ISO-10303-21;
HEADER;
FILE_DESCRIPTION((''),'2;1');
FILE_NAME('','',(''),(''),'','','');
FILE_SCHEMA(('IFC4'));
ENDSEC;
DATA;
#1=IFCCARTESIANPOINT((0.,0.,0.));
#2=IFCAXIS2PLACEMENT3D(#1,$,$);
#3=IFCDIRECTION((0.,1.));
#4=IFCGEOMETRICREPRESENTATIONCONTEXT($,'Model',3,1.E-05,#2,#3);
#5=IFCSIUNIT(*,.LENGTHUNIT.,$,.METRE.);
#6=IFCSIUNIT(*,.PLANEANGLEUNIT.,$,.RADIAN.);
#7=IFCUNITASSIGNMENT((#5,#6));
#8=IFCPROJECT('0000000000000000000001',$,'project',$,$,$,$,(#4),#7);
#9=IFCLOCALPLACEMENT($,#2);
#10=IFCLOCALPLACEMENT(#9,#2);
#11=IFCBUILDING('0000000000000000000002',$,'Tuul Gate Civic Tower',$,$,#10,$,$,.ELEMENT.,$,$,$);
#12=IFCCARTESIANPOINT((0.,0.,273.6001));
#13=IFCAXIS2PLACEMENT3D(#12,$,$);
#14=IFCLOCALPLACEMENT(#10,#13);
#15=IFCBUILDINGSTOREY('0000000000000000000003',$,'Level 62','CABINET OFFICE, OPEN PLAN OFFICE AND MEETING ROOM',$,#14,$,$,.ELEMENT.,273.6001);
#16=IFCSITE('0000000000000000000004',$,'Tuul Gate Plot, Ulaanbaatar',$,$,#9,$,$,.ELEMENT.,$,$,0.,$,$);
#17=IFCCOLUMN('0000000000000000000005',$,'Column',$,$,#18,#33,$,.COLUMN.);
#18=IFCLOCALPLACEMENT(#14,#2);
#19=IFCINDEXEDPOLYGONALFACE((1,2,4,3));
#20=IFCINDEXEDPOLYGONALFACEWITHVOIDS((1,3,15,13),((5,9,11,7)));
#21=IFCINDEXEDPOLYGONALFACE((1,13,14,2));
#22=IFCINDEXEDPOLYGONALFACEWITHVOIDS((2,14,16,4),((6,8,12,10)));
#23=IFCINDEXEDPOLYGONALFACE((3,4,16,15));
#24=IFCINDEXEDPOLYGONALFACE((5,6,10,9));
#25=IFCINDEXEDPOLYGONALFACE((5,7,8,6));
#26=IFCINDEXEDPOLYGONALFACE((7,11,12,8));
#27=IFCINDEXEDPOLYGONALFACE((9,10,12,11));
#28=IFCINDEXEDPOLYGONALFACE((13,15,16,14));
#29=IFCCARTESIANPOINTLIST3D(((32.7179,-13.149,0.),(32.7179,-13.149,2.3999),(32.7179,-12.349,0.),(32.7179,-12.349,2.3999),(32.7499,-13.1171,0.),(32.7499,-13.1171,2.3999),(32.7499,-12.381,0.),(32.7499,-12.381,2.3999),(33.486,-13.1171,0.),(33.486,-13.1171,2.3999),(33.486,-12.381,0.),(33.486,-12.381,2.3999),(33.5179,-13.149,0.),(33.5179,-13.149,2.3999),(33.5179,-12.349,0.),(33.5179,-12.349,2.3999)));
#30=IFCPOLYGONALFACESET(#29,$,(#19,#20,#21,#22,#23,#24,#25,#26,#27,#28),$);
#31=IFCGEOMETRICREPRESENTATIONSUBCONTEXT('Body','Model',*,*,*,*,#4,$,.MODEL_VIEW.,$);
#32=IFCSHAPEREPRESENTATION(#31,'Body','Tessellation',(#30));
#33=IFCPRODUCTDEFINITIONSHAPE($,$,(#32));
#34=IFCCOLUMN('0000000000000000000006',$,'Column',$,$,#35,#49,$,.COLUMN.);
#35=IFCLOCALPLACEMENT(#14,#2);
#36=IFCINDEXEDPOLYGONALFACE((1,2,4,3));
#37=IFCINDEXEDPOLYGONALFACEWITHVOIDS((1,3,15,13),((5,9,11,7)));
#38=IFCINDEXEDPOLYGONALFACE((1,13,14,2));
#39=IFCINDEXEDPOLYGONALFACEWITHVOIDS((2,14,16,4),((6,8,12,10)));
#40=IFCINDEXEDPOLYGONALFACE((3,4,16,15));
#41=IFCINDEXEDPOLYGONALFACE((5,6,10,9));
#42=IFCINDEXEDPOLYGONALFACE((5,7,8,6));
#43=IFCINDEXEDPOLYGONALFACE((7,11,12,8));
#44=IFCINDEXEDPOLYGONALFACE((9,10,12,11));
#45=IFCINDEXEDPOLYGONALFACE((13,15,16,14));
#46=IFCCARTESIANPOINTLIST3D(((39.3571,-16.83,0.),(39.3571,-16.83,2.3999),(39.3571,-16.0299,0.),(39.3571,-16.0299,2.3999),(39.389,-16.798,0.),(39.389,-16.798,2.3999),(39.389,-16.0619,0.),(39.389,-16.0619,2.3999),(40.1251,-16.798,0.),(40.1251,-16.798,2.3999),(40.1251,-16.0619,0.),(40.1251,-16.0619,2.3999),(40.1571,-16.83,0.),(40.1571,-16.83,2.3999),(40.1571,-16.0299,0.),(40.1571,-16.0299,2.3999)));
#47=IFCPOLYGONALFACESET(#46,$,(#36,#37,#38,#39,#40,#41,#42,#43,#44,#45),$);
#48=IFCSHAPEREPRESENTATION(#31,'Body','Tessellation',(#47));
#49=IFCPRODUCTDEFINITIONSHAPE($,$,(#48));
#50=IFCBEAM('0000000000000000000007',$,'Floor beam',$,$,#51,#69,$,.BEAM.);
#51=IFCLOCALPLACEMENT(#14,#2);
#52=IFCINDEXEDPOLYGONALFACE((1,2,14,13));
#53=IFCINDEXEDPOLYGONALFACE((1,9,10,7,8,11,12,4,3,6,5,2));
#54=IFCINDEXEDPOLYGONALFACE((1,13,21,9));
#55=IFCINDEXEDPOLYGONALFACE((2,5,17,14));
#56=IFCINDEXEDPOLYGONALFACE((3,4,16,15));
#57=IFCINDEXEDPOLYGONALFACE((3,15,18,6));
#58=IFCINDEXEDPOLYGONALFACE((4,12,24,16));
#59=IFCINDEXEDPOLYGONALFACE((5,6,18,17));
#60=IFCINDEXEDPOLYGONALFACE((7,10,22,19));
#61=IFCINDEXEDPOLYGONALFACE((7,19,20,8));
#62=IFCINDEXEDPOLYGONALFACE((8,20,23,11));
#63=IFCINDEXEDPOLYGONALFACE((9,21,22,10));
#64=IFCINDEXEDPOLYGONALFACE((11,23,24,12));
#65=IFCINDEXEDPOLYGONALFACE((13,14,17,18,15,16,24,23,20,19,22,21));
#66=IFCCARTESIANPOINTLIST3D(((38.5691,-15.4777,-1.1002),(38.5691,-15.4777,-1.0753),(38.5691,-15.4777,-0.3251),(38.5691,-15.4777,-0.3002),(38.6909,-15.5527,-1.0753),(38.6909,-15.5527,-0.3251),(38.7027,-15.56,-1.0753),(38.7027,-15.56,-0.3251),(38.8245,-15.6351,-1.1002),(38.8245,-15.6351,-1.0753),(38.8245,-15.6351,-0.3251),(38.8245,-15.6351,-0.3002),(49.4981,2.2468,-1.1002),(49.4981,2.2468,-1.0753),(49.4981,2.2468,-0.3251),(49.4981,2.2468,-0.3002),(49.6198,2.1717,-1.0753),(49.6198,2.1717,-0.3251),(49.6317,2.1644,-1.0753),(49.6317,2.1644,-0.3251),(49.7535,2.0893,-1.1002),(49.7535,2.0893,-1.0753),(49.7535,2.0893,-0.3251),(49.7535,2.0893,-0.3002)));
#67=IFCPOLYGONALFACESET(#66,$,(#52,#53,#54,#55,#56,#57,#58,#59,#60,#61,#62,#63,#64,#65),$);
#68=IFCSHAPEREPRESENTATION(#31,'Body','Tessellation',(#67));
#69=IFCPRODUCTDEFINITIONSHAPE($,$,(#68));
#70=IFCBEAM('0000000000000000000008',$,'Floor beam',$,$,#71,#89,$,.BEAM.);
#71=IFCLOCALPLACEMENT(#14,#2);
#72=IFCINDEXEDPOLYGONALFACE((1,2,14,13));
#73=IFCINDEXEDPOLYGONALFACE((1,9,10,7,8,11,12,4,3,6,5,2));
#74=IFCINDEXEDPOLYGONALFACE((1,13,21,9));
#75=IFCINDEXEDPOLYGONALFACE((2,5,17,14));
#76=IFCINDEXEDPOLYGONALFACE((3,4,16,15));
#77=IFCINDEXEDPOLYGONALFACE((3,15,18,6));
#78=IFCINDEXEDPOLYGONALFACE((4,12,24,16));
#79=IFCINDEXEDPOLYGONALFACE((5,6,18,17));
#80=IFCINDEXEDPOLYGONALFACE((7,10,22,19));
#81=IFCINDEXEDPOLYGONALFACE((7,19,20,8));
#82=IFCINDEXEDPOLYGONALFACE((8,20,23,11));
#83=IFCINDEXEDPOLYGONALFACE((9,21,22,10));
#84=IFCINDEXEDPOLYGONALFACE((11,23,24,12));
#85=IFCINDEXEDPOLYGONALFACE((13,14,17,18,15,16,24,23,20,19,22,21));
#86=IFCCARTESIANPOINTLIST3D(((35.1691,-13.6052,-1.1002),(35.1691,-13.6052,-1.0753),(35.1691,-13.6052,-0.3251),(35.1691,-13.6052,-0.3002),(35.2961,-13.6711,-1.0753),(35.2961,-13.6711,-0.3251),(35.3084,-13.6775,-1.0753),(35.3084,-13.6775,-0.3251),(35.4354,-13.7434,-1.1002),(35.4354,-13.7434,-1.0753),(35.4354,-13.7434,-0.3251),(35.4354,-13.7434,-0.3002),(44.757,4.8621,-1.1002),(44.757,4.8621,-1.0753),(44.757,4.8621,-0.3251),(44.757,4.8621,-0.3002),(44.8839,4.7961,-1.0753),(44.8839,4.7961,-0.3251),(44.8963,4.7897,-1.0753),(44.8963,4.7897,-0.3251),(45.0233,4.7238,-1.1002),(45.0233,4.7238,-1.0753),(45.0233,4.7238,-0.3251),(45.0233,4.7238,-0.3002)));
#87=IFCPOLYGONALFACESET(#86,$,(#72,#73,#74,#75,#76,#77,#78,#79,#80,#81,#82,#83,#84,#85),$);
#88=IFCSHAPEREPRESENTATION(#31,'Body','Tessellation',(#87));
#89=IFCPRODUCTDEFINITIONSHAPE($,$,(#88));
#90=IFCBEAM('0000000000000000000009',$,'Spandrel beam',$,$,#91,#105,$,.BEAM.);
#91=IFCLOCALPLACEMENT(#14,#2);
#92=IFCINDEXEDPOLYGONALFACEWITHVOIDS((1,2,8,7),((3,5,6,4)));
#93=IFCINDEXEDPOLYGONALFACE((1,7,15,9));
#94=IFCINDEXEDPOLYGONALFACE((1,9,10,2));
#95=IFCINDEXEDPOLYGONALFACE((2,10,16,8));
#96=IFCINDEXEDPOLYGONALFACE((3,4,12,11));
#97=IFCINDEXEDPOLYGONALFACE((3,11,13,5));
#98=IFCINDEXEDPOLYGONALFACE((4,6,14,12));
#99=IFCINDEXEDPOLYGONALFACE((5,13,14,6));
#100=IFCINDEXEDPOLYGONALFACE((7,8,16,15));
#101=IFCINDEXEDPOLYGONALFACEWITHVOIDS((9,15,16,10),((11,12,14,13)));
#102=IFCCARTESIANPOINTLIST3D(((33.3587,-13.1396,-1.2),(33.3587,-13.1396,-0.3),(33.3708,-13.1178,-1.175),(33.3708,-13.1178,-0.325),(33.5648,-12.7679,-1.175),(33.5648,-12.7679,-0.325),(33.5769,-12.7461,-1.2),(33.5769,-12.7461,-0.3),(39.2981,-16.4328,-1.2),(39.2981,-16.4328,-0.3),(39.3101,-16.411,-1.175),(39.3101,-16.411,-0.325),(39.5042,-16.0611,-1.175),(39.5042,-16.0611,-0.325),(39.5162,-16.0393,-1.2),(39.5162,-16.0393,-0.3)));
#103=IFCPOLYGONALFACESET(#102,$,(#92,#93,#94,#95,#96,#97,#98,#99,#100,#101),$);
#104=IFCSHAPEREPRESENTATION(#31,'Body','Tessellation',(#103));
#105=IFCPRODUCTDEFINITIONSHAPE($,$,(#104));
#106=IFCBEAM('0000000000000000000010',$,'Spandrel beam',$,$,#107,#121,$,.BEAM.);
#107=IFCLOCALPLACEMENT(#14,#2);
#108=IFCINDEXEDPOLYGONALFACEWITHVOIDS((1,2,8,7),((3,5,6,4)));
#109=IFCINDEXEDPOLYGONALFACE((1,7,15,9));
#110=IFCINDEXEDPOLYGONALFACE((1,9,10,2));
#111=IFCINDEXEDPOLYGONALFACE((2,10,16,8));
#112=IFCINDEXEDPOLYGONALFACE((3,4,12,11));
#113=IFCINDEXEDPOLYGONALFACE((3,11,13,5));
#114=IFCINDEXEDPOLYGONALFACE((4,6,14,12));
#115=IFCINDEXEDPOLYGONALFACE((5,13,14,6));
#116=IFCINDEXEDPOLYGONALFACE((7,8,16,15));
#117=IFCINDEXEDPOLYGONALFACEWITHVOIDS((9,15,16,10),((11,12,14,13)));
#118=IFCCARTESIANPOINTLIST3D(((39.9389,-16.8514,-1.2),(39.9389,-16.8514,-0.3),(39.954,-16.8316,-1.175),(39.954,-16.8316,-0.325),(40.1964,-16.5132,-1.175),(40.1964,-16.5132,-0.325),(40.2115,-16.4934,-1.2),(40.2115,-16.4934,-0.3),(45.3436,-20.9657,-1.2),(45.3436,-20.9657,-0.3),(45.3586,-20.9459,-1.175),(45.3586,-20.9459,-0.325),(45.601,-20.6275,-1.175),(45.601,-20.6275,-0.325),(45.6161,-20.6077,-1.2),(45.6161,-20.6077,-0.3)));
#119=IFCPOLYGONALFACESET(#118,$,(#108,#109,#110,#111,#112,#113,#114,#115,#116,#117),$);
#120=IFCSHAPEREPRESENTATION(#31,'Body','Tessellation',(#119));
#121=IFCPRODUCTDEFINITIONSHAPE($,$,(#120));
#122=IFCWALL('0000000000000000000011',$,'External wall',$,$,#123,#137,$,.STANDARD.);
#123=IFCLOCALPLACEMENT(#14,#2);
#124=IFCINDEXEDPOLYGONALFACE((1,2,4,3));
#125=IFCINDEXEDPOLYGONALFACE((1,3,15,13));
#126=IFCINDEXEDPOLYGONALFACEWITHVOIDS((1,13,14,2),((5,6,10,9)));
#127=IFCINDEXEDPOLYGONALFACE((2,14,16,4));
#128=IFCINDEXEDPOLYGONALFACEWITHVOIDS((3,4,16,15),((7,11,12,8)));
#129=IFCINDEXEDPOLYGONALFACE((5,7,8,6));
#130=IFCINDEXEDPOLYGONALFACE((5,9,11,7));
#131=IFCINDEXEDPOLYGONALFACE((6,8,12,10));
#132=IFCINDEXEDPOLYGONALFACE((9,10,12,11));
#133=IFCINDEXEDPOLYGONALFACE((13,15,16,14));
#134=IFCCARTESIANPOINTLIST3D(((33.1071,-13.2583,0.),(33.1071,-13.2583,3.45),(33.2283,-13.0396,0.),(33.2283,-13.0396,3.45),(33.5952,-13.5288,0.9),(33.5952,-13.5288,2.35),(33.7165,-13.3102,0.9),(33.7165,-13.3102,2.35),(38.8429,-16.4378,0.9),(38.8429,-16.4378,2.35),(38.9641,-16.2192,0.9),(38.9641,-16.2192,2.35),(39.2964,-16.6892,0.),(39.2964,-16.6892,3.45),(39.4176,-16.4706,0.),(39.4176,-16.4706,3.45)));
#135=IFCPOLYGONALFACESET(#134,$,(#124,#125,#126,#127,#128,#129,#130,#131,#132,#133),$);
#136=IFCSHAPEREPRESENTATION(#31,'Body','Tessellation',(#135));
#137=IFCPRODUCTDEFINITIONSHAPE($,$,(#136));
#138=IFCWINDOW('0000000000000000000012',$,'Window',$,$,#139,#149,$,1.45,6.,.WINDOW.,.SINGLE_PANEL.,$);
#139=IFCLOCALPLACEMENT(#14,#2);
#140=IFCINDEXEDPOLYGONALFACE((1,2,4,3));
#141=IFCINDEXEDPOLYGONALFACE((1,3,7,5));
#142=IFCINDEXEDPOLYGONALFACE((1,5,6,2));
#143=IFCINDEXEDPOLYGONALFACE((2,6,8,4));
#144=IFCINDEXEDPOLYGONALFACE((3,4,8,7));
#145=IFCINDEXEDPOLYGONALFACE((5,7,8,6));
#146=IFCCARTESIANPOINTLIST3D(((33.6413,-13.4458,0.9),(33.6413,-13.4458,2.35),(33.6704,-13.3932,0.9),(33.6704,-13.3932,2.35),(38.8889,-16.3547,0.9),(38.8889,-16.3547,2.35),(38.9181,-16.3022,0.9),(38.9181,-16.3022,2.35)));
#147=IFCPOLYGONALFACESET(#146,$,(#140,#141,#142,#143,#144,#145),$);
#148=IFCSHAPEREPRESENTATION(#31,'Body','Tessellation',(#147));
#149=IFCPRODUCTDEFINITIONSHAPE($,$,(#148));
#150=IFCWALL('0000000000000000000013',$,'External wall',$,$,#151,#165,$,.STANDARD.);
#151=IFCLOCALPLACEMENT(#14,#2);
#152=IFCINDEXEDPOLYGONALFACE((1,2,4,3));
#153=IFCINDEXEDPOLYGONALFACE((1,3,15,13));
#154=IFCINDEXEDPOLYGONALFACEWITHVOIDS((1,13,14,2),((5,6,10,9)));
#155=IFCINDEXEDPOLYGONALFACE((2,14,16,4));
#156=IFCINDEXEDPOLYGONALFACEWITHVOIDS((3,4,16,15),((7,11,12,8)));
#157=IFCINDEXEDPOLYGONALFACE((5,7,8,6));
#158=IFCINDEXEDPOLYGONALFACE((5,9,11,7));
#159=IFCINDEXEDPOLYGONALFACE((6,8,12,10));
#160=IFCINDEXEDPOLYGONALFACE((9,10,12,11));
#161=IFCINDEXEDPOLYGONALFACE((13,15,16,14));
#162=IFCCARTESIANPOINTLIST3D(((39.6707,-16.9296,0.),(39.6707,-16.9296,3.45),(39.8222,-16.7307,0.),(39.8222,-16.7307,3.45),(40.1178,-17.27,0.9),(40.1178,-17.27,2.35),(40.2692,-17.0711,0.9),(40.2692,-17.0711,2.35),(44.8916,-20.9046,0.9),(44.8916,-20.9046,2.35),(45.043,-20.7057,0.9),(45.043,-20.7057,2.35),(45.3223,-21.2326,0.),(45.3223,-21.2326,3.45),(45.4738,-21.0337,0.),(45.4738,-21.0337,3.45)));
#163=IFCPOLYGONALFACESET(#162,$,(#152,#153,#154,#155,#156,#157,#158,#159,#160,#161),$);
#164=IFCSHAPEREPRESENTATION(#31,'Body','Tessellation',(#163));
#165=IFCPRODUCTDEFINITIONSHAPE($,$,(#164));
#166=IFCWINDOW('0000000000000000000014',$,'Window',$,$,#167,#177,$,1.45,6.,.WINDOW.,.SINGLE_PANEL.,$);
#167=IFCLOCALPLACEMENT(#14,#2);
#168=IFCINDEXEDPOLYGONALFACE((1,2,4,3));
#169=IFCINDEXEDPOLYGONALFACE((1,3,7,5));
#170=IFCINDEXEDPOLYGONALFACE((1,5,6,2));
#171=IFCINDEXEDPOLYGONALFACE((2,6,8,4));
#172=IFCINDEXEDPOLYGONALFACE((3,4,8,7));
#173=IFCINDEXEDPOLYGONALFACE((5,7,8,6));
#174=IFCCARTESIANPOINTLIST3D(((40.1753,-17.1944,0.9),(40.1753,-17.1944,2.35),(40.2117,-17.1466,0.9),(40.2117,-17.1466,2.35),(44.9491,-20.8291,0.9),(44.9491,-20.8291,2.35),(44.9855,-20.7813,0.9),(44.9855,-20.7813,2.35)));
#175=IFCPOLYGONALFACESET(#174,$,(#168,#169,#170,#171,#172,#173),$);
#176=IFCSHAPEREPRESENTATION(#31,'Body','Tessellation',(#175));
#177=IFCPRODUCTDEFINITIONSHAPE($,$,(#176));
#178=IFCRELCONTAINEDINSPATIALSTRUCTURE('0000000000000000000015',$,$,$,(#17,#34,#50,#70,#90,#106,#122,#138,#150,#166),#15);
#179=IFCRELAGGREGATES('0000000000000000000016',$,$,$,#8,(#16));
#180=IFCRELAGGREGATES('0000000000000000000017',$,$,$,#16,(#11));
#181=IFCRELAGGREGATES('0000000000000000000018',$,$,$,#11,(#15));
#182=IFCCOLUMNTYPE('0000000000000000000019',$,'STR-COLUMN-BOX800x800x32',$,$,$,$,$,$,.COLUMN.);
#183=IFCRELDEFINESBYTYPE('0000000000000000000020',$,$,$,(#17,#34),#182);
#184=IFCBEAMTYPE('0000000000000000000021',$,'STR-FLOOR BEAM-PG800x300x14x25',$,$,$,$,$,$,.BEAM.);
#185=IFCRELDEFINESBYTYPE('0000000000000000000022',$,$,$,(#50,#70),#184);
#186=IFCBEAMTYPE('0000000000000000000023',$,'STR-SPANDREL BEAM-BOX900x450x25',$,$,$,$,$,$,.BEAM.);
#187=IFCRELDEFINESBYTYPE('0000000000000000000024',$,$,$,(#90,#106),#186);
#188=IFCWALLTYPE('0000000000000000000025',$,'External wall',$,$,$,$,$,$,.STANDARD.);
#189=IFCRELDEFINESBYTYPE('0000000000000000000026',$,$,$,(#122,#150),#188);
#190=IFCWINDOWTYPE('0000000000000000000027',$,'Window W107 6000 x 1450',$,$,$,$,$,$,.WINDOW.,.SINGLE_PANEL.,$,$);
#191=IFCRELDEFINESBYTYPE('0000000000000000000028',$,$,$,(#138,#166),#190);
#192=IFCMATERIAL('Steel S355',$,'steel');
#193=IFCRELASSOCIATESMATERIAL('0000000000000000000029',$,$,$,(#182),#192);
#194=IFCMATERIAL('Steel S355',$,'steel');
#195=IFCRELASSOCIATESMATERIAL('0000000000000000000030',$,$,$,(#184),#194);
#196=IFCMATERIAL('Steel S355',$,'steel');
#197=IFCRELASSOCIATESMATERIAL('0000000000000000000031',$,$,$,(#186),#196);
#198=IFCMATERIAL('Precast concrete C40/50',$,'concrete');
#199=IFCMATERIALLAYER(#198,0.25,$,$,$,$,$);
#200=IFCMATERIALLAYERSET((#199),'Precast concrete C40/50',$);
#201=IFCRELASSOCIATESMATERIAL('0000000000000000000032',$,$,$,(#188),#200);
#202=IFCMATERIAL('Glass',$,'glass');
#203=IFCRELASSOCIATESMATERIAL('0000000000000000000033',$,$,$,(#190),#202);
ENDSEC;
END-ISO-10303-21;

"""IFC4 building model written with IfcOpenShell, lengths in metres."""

from ifc_helpers import new_model, si_unit, direction, frame, frame_2d, origin, origin_2d, place, context, subcontext, project, spatial, rectangle, hollow_rectangle, i_section, extrude, material, layer, layer_set, material_profile, profile_set, type_object, element, fill, save


model = new_model("IFC4")

# Units and contexts
model_context = context("Model", 3, precision=1e-05, world=origin(), true_north=direction((0.0, 1.0)))
body_context = subcontext(model_context, "Body", "Model", "MODEL_VIEW")
ifc_project = project(units=[si_unit("LENGTHUNIT", "METRE"), si_unit("PLANEANGLEUNIT", "RADIAN")], contexts=[model_context])

# Site, building, storey
site_placement = place(None, origin())
site = spatial("IfcSite", under=ifc_project, at=site_placement, Name="Tuul Gate Plot, Ulaanbaatar", CompositionType="ELEMENT", RefElevation=0.0)
building_placement = place(site_placement, origin())
building = spatial("IfcBuilding", under=site, at=building_placement, Name="Tuul Gate Civic Tower", CompositionType="ELEMENT")
storey_placement = place(building_placement, frame((0.0, 0.0, 273.6001)))
storey = spatial("IfcBuildingStorey", under=building, at=storey_placement, Name="Level 62", Description="CABINET OFFICE, OPEN PLAN OFFICE AND MEETING ROOM", CompositionType="ELEMENT", Elevation=273.6001)

# Columns
ifc_material_1 = material(Name="Steel S355", Category="steel")
ifc_material_profile_1 = material_profile(ifc_material_1, hollow_rectangle(XDim=0.8, YDim=0.8, WallThickness=0.032, at=origin_2d()), Name="BOX800x800x32")
ifc_profile_set_1 = profile_set([ifc_material_profile_1], Name="Steel S355")
column_type = type_object("IfcColumnType", Name="STR-COLUMN-BOX800x800x32", PredefinedType="COLUMN", material=ifc_profile_set_1)
for number, where, z_axis, x_axis, name in (
    (1, (33.1179, -12.749, 0.0), (0.0, 0.0, 1.0), (1.0, 0.0, 0.0), "Column"),
    (2, (39.7571, -16.4299, 0.0), (0.0, 0.0, 1.0), (1.0, 0.0, 0.0), "Column"),
):
    element("IfcColumn", number, at=place(storey_placement, frame(where, z_axis=z_axis, x_axis=x_axis)), inside=storey, type_object=column_type, Name=name, PredefinedType="COLUMN", context=body_context, shape_type="SweptSolid", body=[
        extrude(hollow_rectangle(XDim=0.8, YDim=0.8, WallThickness=0.032, at=origin_2d()), origin(), (0.0, 0.0, 1.0), 2.3999),
    ])

# Beams
ifc_material_2 = material(Name="Steel S355", Category="steel")
ifc_material_profile_2 = material_profile(ifc_material_2, i_section(OverallWidth=0.3, OverallDepth=0.8, WebThickness=0.0139, FlangeThickness=0.0249, at=origin_2d()), Name="PG800x300x14x25")
ifc_profile_set_2 = profile_set([ifc_material_profile_2], Name="Steel S355")
beam_type_1 = type_object("IfcBeamType", Name="STR-FLOOR BEAM-PG800x300x14x25", PredefinedType="BEAM", material=ifc_profile_set_2)
beam_1_placement = place(storey_placement, frame((38.6968, -15.5564, -0.7002), z_axis=(0.524851, 0.851194, 0.0), x_axis=(-0.851194, 0.524851, 0.0)))
element("IfcBeam", 3, at=beam_1_placement, inside=storey, type_object=beam_type_1, Name="Floor beam", PredefinedType="BEAM", context=body_context, shape_type="SweptSolid", body=[
    extrude(i_section(OverallWidth=0.3, OverallDepth=0.8, WebThickness=0.0139, FlangeThickness=0.0249, at=origin_2d()), origin(), (0.0, 0.0, 1.0), 20.823),
])
beam_2_placement = place(storey_placement, frame((35.3022, -13.6743, -0.7002), z_axis=(0.460782, 0.887514, 0.0), x_axis=(-0.887514, 0.460782, 0.0)))
element("IfcBeam", 4, at=beam_2_placement, inside=storey, type_object=beam_type_1, Name="Floor beam", PredefinedType="BEAM", context=body_context, shape_type="SweptSolid", body=[
    extrude(i_section(OverallWidth=0.3, OverallDepth=0.8, WebThickness=0.0139, FlangeThickness=0.0249, at=origin_2d()), origin(), (0.0, 0.0, 1.0), 20.8079),
])
ifc_material_3 = material(Name="Steel S355", Category="steel")
ifc_material_profile_3 = material_profile(ifc_material_3, hollow_rectangle(XDim=0.45, YDim=0.8999, WallThickness=0.0249, at=origin_2d()), Name="BOX900x450x25")
ifc_profile_set_3 = profile_set([ifc_material_profile_3], Name="Steel S355")
beam_type_2 = type_object("IfcBeamType", Name="STR-SPANDREL BEAM-BOX900x450x25", PredefinedType="BEAM", material=ifc_profile_set_3)
beam_3_placement = place(storey_placement, frame((33.4678, -12.9429, -0.75), z_axis=(0.874562, -0.484913, 0.0), x_axis=(0.484913, 0.874562, 0.0)))
element("IfcBeam", 5, at=beam_3_placement, inside=storey, type_object=beam_type_2, Name="Spandrel beam", PredefinedType="BEAM", context=body_context, shape_type="SweptSolid", body=[
    extrude(hollow_rectangle(XDim=0.45, YDim=0.8999, WallThickness=0.0249, at=origin_2d()), origin(), (0.0, 0.0, 1.0), 6.7913),
])
beam_4_placement = place(storey_placement, frame((40.0752, -16.6724, -0.75), z_axis=(0.795679, -0.605718, 0.0), x_axis=(0.605718, 0.795679, 0.0)))
element("IfcBeam", 6, at=beam_4_placement, inside=storey, type_object=beam_type_2, Name="Spandrel beam", PredefinedType="BEAM", context=body_context, shape_type="SweptSolid", body=[
    extrude(hollow_rectangle(XDim=0.45, YDim=0.8999, WallThickness=0.0249, at=origin_2d()), origin(), (0.0, 0.0, 1.0), 6.7925),
])

# Walls, openings, windows
ifc_material_4 = material(Name="Precast concrete C40/50", Category="concrete")
ifc_layer = layer(ifc_material_4, 0.25)
ifc_layer_set = layer_set([ifc_layer], Name="Precast concrete C40/50")
wall_type = type_object("IfcWallType", Name="External wall", PredefinedType="STANDARD", material=ifc_layer_set)
wall_1_placement = place(storey_placement, frame((33.1677, -13.1489, 0.0), z_axis=(0.0, 0.0, 1.0), x_axis=(0.874609, -0.484828, 0.0)))
wall_1 = element("IfcWall", 7, at=wall_1_placement, inside=storey, type_object=wall_type, Name="External wall", PredefinedType="STANDARD", context=body_context, shape_type="SweptSolid", body=[
    extrude(rectangle(XDim=7.0767, YDim=0.25, at=frame_2d((3.5383, 0.0))), origin(), (0.0, 0.0, 1.0), 3.45),
])
opening_1_placement = place(wall_1_placement, frame((0.5581, 0.0, 0.8999)))
opening_1 = element("IfcOpeningElement", 8, at=opening_1_placement, cuts=wall_1, PredefinedType="OPENING", context=body_context, shape_type="SweptSolid", body=[
    extrude(rectangle(XDim=6.0, YDim=1.45, at=frame_2d((3.0, 0.7251))), frame((0.0, 0.135, 0.0), z_axis=(0.0, -1.0, 0.0), x_axis=(1.0, 0.0, 0.0)), (0.0, 0.0, 1.0), 0.27),
])
ifc_material_5 = material(Name="Glass", Category="glass")
window_type = type_object("IfcWindowType", Name="Window W107 6000 x 1450", PartitioningType="SINGLE_PANEL", PredefinedType="WINDOW", material=ifc_material_5)
window_1_placement = place(opening_1_placement, origin())
window_1 = element("IfcWindow", 9, at=window_1_placement, inside=storey, type_object=window_type, Name="Window", OverallHeight=1.45, OverallWidth=6.0, PartitioningType="SINGLE_PANEL", PredefinedType="WINDOW", context=body_context, shape_type="SweptSolid", body=[
    extrude(rectangle(XDim=6.0, YDim=1.45, at=frame_2d((3.0, 0.7251))), frame((0.0, 0.03, 0.0), z_axis=(0.0, -1.0, 0.0), x_axis=(1.0, 0.0, 0.0)), (0.0, 0.0, 1.0), 0.0601),
])
fill(opening_1, window_1)
wall_2_placement = place(storey_placement, frame((39.7463, -16.8301, 0.0), z_axis=(0.0, 0.0, 1.0), x_axis=(0.795636, -0.605775, 0.0)))
wall_2 = element("IfcWall", 10, at=wall_2_placement, inside=storey, type_object=wall_type, Name="External wall", PredefinedType="STANDARD", context=body_context, shape_type="SweptSolid", body=[
    extrude(rectangle(XDim=7.1033, YDim=0.25, at=frame_2d((3.5518, 0.0))), origin(), (0.0, 0.0, 1.0), 3.45),
])
opening_2_placement = place(wall_2_placement, frame((0.562, 0.0, 0.8999)))
opening_2 = element("IfcOpeningElement", 11, at=opening_2_placement, cuts=wall_2, PredefinedType="OPENING", context=body_context, shape_type="SweptSolid", body=[
    extrude(rectangle(XDim=6.0, YDim=1.45, at=frame_2d((3.0, 0.7251))), frame((0.0, 0.135, 0.0), z_axis=(0.0, -1.0, 0.0), x_axis=(1.0, 0.0, 0.0)), (0.0, 0.0, 1.0), 0.27),
])
window_2_placement = place(opening_2_placement, origin())
window_2 = element("IfcWindow", 12, at=window_2_placement, inside=storey, type_object=window_type, Name="Window", OverallHeight=1.45, OverallWidth=6.0, PartitioningType="SINGLE_PANEL", PredefinedType="WINDOW", context=body_context, shape_type="SweptSolid", body=[
    extrude(rectangle(XDim=6.0, YDim=1.45, at=frame_2d((3.0, 0.7251))), frame((0.0, 0.03, 0.0), z_axis=(0.0, -1.0, 0.0), x_axis=(1.0, 0.0, 0.0)), (0.0, 0.0, 1.0), 0.0601),
])
fill(opening_2, window_2)

save(model, "model.ifc")
